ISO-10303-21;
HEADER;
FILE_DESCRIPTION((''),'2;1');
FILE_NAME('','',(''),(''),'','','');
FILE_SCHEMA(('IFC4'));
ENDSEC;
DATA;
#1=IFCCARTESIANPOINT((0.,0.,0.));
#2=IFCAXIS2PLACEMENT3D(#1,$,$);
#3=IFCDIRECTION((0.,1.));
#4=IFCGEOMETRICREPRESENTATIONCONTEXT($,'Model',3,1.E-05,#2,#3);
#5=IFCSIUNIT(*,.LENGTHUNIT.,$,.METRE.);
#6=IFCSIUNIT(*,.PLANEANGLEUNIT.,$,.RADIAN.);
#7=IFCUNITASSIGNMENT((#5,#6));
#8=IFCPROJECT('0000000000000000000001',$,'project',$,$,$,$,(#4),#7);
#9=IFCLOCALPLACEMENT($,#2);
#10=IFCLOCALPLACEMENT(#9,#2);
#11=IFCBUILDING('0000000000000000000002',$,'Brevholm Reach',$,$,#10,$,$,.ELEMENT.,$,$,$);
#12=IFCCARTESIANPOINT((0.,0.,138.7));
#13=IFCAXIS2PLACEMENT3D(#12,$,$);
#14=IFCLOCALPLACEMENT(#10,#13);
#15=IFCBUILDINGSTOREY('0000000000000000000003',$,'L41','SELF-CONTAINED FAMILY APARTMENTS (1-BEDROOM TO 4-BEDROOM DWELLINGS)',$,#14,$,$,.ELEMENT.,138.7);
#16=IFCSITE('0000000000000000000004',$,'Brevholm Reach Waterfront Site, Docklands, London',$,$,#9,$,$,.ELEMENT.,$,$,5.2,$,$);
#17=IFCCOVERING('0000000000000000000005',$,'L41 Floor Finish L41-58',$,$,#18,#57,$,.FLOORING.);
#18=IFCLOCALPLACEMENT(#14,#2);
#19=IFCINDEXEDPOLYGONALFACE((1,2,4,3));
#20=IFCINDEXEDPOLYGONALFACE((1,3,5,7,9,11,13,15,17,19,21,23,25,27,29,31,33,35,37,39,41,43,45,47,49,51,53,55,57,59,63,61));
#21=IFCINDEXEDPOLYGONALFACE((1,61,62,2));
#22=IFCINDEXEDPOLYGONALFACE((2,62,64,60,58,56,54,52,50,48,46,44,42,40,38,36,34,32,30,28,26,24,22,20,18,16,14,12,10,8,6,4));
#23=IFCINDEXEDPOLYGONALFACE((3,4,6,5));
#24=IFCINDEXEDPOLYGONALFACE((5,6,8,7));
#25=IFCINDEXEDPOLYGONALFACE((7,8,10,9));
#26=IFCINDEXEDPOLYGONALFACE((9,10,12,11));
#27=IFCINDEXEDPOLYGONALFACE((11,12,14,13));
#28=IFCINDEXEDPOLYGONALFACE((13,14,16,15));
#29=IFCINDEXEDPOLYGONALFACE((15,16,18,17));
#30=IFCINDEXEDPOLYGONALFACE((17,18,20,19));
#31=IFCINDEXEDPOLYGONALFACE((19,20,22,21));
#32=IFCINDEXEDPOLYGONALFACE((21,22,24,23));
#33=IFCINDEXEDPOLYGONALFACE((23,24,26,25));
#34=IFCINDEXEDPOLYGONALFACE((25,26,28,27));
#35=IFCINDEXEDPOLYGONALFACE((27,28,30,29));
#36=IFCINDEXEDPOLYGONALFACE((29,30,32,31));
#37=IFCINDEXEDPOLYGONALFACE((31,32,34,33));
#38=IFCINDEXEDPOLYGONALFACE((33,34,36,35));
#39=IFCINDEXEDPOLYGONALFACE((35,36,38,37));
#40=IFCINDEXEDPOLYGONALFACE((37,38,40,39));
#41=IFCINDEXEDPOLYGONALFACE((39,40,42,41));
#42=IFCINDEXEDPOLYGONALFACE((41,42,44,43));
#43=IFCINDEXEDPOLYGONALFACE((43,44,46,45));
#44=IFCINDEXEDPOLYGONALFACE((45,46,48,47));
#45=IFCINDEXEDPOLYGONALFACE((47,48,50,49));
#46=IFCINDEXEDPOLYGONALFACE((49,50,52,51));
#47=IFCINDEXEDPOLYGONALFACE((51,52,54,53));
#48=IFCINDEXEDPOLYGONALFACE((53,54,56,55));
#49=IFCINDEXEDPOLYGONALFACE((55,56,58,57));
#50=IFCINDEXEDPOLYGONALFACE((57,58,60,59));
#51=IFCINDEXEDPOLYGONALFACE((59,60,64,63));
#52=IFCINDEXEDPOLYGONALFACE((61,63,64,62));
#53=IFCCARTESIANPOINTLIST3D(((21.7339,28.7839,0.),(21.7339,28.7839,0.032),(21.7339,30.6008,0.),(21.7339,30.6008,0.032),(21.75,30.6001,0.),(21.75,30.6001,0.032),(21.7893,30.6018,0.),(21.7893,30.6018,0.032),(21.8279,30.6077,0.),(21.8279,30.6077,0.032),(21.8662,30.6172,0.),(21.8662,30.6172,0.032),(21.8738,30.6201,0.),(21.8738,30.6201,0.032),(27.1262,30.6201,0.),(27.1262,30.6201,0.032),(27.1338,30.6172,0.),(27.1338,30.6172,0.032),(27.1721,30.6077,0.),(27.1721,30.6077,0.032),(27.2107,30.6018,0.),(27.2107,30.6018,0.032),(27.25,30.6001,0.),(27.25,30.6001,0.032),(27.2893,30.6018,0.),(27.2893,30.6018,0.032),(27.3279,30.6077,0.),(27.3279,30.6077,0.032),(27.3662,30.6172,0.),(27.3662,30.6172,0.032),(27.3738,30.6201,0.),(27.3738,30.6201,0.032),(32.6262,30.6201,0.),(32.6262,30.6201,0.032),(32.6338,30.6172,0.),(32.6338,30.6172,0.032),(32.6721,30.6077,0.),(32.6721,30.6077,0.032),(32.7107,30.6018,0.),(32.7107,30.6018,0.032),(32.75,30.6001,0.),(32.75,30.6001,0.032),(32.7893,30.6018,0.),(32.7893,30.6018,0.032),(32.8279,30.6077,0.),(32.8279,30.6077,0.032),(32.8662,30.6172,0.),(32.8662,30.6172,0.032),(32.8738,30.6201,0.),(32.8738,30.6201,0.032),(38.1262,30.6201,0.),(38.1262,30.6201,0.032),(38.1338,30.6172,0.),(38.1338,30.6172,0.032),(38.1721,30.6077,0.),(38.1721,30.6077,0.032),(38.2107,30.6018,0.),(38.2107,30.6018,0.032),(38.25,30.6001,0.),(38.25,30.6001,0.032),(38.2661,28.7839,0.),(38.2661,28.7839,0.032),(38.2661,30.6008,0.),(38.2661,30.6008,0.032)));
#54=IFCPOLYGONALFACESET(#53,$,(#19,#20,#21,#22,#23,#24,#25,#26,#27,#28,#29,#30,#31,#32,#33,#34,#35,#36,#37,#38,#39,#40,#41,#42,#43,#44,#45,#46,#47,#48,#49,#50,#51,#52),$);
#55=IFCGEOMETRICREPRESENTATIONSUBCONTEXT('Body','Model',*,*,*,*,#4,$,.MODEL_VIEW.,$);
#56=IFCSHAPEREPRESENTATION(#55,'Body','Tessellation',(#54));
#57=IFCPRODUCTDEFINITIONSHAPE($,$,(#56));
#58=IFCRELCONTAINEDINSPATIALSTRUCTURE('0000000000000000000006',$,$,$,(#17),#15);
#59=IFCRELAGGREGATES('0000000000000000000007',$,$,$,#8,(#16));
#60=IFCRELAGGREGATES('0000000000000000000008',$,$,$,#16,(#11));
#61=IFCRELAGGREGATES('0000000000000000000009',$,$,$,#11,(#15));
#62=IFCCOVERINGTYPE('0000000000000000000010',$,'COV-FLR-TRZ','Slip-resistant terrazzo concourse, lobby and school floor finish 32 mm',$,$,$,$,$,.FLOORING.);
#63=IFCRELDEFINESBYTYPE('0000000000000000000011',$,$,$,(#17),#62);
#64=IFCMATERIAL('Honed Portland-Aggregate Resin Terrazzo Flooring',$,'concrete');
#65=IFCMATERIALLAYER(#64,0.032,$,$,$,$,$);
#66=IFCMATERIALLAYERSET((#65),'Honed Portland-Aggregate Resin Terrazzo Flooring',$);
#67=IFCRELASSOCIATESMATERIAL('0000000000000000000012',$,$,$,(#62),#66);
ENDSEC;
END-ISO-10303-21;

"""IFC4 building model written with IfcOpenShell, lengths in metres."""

from ifc_helpers import new_model, si_unit, direction, frame, origin, place, context, subcontext, project, spatial, polyline, outline, extrude, material, layer, layer_set, type_object, element, save


model = new_model("IFC4")

# Units and contexts
model_context = context("Model", 3, precision=1e-05, world=origin(), true_north=direction((0.0, 1.0)))
body_context = subcontext(model_context, "Body", "Model", "MODEL_VIEW")
ifc_project = project(units=[si_unit("LENGTHUNIT", "METRE"), si_unit("PLANEANGLEUNIT", "RADIAN")], contexts=[model_context])

# Site, building, storey
site_placement = place(None, origin())
site = spatial("IfcSite", under=ifc_project, at=site_placement, Name="Brevholm Reach Waterfront Site, Docklands, London", CompositionType="ELEMENT", RefElevation=5.2)
building_placement = place(site_placement, origin())
building = spatial("IfcBuilding", under=site, at=building_placement, Name="Brevholm Reach", CompositionType="ELEMENT")
storey_placement = place(building_placement, frame((0.0, 0.0, 138.7)))
storey = spatial("IfcBuildingStorey", under=building, at=storey_placement, Name="L41", Description="SELF-CONTAINED FAMILY APARTMENTS (1-BEDROOM TO 4-BEDROOM DWELLINGS)", CompositionType="ELEMENT", Elevation=138.7)

# Covering
ifc_material_1 = material(Name="Honed Portland-Aggregate Resin Terrazzo Flooring", Category="concrete")
ifc_layer_1 = layer(ifc_material_1, 0.032)
ifc_layer_set_1 = layer_set([ifc_layer_1], Name="Honed Portland-Aggregate Resin Terrazzo Flooring")
covering_type_1 = type_object("IfcCoveringType", Name="COV-FLR-TRZ", Description="Slip-resistant terrazzo concourse, lobby and school floor finish 32 mm", PredefinedType="FLOORING", material=ifc_layer_set_1)
covering_1_placement = place(storey_placement, origin())
element("IfcCovering", 1, at=covering_1_placement, inside=storey, type_object=covering_type_1, Name="L41 Floor Finish L41-58", PredefinedType="FLOORING", context=body_context, shape_type="SweptSolid", body=[
    extrude(outline(polyline([(27.1262, 30.6201), (27.1338, 30.6172), (27.1721, 30.6077), (27.2107, 30.6018), (27.25, 30.6001), (27.2893, 30.6018), (27.3279, 30.6077), (27.3662, 30.6172), (27.3738, 30.6201), (32.6262, 30.6201), (32.6338, 30.6172), (32.6721, 30.6077), (32.7107, 30.6018), (32.75, 30.6001), (32.7893, 30.6018), (32.8279, 30.6077), (32.8662, 30.6172), (32.8738, 30.6201), (38.1262, 30.6201), (38.1338, 30.6172), (38.1721, 30.6077), (38.2107, 30.6018), (38.25, 30.6001), (38.2661, 30.6008), (38.2661, 28.7839), (21.7339, 28.7839), (21.7339, 30.6008), (21.75, 30.6001), (21.7893, 30.6018), (21.8279, 30.6077), (21.8662, 30.6172), (21.8738, 30.6201), (27.1262, 30.6201)])), origin(), (0.0, 0.0, 1.0), 0.032),
])

save(model, "model.ifc")
